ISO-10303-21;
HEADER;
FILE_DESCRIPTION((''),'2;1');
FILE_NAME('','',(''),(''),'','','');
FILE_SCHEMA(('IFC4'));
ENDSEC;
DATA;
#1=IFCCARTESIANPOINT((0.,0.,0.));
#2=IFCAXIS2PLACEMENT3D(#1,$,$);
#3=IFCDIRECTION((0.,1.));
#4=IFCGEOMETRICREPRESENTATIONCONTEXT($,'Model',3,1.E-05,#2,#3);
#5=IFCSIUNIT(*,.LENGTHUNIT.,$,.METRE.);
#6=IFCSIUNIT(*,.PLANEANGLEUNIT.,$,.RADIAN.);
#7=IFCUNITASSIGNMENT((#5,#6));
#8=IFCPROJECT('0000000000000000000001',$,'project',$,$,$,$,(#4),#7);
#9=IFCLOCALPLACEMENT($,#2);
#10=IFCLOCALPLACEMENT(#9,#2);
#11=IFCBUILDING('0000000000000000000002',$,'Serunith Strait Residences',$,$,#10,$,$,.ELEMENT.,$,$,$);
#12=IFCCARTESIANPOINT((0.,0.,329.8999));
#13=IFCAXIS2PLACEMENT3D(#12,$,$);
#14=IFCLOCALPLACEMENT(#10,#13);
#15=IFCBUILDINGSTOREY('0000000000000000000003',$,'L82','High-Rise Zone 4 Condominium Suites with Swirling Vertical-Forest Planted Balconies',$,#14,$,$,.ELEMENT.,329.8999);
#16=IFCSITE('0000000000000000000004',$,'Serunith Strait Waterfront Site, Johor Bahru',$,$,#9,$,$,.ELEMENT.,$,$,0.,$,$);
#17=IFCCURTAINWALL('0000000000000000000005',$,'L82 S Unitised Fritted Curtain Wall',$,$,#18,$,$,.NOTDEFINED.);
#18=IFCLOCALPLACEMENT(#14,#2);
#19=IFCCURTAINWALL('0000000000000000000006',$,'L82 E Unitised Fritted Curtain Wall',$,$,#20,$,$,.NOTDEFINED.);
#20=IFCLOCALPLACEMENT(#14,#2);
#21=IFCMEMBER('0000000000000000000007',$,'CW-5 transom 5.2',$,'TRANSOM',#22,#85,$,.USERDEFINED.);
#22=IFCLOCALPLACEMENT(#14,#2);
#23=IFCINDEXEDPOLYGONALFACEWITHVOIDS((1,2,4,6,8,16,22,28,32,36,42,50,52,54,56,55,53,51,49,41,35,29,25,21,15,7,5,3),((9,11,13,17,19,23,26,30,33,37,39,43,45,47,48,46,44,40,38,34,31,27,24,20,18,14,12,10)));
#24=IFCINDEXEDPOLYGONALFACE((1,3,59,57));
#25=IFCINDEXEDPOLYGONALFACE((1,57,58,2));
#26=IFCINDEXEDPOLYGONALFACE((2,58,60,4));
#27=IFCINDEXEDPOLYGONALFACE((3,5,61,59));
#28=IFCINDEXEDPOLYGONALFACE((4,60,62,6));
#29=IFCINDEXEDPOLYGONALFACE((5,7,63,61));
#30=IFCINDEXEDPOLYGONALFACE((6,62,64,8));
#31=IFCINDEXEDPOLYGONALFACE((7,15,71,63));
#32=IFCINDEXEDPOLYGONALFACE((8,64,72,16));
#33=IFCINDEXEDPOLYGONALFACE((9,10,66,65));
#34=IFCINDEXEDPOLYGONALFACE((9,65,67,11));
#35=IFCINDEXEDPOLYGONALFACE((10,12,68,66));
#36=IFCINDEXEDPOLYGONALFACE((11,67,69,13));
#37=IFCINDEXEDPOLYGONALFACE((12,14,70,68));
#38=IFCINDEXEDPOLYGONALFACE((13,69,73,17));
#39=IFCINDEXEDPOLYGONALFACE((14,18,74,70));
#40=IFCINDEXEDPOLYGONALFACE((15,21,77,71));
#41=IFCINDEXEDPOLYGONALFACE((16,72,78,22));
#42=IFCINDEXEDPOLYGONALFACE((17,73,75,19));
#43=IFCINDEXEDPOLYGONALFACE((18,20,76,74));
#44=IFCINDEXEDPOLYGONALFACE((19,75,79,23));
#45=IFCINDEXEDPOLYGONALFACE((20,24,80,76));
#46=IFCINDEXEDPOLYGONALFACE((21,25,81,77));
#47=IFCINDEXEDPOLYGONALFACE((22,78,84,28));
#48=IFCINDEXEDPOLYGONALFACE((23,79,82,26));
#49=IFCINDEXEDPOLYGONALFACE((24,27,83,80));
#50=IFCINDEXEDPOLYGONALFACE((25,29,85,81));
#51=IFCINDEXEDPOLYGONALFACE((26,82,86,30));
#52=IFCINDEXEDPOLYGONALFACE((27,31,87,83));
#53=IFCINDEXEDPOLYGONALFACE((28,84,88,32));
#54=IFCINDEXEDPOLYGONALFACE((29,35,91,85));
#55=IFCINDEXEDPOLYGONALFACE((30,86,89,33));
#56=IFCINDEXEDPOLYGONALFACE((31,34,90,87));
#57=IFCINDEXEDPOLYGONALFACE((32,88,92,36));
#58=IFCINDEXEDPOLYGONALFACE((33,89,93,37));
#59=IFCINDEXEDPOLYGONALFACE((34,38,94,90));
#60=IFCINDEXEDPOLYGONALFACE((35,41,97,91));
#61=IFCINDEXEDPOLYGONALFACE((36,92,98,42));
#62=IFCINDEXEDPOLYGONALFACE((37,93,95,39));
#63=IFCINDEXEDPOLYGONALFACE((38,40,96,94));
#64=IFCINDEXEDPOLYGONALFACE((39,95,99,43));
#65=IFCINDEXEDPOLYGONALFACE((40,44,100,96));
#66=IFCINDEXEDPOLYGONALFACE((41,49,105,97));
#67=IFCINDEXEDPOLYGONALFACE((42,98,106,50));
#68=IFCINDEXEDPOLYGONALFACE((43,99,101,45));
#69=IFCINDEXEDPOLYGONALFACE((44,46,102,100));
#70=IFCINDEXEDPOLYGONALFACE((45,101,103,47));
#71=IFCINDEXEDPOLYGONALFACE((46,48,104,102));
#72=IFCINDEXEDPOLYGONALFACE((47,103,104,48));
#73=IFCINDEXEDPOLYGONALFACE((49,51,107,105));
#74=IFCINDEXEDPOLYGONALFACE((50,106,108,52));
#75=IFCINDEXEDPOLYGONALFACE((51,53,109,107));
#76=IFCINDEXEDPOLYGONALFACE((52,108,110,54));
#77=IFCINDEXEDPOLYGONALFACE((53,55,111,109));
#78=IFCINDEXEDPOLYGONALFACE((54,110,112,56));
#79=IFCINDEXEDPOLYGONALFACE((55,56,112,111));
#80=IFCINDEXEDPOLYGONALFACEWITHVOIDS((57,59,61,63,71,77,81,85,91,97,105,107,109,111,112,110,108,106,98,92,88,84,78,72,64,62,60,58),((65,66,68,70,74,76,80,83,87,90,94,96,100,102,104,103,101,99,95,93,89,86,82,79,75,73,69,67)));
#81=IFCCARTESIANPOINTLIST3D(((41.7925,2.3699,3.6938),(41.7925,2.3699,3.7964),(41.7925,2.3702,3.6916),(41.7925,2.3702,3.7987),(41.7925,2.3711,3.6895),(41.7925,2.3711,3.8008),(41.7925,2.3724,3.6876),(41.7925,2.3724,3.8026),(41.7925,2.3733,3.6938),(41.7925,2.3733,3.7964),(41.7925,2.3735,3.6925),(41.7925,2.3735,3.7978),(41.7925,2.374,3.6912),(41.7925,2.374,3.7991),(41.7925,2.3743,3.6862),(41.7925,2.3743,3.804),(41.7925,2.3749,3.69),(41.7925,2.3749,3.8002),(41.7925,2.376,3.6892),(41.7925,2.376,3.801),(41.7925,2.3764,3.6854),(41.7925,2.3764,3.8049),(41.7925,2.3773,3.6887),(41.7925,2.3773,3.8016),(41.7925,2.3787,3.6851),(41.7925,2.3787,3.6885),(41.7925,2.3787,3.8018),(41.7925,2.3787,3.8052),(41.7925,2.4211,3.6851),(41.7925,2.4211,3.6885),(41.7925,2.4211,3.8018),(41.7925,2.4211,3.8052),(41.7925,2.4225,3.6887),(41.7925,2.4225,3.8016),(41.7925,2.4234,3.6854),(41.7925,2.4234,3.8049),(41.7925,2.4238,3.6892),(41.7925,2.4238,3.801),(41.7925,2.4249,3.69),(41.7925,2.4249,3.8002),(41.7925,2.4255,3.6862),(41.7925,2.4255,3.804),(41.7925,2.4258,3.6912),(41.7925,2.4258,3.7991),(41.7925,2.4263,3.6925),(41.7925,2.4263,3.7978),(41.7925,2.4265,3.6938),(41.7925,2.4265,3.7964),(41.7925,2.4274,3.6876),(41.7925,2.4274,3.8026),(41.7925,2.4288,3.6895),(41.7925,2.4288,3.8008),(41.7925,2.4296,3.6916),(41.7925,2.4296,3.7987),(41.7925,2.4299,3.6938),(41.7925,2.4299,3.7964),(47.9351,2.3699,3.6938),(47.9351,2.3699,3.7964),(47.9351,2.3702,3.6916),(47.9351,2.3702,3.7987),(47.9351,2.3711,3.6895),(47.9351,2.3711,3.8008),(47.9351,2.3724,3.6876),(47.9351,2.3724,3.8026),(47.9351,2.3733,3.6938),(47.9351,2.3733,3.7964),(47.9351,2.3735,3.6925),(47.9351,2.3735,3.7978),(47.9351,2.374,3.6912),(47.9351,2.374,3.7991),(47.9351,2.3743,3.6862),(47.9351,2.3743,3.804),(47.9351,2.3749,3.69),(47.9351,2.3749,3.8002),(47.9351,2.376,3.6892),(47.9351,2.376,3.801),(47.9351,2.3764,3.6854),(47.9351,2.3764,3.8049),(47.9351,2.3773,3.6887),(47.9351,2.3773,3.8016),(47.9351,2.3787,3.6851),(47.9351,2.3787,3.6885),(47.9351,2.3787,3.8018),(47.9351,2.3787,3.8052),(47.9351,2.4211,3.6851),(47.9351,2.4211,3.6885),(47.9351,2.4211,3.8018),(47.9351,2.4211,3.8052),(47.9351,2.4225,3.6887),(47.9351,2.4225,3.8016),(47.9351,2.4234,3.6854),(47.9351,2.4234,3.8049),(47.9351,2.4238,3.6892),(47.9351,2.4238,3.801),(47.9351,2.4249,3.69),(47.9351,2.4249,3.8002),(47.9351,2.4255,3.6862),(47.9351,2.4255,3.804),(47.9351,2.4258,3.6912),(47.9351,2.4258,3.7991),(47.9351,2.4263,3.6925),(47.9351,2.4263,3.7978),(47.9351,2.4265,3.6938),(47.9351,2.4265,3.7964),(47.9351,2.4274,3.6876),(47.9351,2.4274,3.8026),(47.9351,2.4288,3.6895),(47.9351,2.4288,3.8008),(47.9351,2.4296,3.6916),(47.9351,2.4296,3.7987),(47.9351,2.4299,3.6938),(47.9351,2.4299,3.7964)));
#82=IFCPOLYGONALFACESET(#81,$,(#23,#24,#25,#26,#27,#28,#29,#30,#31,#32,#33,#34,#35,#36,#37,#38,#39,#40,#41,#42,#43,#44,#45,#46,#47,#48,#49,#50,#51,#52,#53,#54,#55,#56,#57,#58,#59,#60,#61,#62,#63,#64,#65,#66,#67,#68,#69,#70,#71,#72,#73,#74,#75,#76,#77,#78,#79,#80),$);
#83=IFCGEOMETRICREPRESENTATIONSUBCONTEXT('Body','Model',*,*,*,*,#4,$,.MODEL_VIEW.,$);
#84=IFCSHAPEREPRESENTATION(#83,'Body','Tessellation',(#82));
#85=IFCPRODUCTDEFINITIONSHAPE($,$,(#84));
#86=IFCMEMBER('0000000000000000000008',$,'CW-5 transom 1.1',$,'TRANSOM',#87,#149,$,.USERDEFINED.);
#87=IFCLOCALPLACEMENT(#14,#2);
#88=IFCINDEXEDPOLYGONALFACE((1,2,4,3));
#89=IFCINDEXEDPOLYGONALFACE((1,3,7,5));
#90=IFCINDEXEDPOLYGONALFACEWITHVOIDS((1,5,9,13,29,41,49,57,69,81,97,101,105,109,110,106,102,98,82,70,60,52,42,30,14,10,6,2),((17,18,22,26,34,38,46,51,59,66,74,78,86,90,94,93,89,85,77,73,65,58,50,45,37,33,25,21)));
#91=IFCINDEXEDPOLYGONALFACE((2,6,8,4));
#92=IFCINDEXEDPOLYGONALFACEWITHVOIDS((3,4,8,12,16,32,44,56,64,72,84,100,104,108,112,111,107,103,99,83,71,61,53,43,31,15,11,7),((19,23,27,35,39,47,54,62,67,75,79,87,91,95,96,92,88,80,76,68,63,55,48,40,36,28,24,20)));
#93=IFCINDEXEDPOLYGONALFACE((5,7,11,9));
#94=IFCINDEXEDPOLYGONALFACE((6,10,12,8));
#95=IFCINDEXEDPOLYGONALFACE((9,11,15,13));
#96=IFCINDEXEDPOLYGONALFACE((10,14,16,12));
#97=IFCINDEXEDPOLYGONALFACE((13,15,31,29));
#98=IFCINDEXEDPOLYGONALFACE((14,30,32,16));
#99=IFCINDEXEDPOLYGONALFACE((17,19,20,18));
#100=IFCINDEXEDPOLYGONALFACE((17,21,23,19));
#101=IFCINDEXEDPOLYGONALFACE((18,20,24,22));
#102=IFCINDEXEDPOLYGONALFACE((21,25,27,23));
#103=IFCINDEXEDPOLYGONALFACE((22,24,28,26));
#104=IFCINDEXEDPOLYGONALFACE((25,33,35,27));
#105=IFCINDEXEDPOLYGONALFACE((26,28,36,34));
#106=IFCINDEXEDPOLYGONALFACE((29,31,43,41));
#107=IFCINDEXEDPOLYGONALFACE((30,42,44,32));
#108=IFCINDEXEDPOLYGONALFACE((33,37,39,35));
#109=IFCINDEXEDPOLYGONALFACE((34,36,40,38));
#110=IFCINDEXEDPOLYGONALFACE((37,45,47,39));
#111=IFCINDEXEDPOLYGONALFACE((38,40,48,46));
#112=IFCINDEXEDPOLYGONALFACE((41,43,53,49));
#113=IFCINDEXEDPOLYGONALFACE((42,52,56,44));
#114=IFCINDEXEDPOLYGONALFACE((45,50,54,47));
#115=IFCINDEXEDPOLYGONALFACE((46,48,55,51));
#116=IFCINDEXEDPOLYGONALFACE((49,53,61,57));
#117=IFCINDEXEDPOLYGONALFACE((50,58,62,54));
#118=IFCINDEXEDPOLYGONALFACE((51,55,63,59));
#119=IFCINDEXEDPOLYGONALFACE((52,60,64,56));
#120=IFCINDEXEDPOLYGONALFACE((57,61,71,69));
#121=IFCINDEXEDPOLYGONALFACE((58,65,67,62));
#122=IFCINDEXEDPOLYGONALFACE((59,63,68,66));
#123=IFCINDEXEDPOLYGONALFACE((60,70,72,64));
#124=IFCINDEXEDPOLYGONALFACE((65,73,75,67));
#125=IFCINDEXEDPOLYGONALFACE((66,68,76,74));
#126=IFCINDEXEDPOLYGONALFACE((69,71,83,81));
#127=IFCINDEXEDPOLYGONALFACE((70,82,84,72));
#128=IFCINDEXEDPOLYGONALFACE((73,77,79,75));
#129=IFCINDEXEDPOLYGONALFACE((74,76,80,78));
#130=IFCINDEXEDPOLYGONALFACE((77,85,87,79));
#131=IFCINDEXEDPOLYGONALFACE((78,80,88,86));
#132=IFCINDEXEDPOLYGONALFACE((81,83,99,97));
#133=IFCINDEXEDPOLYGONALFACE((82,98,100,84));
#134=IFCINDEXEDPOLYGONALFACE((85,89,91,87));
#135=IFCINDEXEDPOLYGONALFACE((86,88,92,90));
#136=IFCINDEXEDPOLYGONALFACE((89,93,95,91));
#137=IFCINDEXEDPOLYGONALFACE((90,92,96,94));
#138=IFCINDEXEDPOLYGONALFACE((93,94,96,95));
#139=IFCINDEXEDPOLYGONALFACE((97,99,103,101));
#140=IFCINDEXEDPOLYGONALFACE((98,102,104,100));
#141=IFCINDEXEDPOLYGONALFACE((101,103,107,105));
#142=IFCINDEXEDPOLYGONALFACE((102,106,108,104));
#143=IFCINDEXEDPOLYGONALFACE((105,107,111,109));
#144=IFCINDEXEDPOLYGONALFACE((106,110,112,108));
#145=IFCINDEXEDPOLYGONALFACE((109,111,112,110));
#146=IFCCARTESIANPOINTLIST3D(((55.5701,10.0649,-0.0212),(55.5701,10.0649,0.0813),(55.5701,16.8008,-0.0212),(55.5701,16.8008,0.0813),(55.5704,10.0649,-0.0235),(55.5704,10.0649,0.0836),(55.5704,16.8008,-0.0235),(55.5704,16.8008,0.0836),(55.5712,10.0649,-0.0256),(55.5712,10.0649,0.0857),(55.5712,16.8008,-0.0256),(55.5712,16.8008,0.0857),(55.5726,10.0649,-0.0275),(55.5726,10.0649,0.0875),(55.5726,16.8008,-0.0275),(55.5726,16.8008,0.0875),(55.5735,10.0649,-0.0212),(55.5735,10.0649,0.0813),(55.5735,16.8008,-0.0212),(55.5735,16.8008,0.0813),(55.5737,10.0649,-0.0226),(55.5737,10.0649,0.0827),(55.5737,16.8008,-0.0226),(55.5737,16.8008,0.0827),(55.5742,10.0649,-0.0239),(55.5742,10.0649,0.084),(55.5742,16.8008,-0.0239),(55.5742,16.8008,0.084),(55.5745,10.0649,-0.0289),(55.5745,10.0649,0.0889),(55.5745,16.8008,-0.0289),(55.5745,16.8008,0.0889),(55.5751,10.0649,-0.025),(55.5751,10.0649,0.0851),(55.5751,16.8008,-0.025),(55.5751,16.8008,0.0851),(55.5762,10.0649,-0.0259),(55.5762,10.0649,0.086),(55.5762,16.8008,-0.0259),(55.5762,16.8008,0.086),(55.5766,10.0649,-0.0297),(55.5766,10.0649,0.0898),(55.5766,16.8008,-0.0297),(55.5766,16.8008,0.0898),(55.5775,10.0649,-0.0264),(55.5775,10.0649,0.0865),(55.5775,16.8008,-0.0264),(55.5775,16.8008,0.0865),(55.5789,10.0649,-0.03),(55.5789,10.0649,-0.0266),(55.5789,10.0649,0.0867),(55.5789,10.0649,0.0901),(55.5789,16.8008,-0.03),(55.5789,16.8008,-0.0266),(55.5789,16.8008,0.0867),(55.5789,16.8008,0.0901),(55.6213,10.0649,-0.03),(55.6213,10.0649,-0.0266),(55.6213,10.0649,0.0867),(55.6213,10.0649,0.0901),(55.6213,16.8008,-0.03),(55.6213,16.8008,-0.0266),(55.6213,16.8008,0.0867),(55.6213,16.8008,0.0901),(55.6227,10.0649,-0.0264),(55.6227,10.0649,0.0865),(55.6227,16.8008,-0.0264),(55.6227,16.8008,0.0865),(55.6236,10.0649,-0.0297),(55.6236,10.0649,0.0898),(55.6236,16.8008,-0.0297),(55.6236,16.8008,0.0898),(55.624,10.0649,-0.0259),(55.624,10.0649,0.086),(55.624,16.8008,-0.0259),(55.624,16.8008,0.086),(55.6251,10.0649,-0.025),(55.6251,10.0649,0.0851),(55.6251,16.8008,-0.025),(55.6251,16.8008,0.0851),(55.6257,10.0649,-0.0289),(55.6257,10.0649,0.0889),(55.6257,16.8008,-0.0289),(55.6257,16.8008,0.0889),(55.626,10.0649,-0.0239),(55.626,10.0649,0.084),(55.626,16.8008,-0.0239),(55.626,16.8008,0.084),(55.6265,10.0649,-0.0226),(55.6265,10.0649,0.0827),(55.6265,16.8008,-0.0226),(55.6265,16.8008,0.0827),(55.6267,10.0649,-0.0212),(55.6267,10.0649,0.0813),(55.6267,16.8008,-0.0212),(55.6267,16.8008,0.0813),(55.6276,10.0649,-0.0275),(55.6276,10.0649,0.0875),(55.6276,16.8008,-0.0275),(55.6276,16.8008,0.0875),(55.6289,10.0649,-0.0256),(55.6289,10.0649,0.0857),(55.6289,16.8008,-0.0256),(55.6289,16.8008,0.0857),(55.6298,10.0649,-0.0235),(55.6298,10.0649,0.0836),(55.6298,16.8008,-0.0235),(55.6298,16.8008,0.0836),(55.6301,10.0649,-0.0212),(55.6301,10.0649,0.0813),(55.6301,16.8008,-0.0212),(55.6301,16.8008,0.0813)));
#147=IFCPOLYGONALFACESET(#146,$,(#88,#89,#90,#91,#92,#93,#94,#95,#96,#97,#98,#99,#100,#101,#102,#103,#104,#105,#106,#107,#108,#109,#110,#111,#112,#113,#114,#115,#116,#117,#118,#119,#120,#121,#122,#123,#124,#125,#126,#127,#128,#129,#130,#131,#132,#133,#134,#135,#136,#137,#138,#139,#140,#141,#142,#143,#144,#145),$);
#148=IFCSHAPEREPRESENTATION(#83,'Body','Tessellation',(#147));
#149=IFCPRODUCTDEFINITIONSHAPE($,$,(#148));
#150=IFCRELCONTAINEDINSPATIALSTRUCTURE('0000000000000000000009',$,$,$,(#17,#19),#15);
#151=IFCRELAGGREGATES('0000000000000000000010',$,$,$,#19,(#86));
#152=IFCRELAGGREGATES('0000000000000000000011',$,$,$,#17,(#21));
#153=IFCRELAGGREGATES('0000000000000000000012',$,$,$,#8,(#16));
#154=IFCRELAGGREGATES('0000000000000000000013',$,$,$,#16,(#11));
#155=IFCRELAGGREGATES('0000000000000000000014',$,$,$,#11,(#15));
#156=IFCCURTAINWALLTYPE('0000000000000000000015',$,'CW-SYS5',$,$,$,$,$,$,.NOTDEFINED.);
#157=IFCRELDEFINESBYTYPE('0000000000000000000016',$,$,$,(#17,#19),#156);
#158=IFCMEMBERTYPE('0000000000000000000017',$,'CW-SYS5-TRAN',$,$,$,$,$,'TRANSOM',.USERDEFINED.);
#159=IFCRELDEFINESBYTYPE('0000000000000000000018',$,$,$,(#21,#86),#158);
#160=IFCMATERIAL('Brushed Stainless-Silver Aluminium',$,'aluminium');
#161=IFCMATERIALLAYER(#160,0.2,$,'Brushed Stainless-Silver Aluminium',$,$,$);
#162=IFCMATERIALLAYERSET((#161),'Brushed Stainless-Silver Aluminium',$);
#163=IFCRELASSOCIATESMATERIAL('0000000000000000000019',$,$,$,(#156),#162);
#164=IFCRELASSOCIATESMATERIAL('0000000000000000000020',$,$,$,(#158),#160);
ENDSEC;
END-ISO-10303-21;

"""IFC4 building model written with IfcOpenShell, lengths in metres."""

from ifc_helpers import new_model, si_unit, direction, frame, origin, origin_2d, place, context, subcontext, project, spatial, hollow_rectangle, extrude, source, transform, mapped, material, layer, layer_set, material_profile, profile_set, type_object, element, aggregate, save


model = new_model("IFC4")

# Units and contexts
model_context = context("Model", 3, precision=1e-05, world=origin(), true_north=direction((0.0, 1.0)))
body_context = subcontext(model_context, "Body", "Model", "MODEL_VIEW")
ifc_project = project(units=[si_unit("LENGTHUNIT", "METRE"), si_unit("PLANEANGLEUNIT", "RADIAN")], contexts=[model_context])

# Site, building, storey
site_placement = place(None, origin())
site = spatial("IfcSite", under=ifc_project, at=site_placement, Name="Serunith Strait Waterfront Site, Johor Bahru", CompositionType="ELEMENT", RefElevation=0.0)
building_placement = place(site_placement, origin())
building = spatial("IfcBuilding", under=site, at=building_placement, Name="Serunith Strait Residences", CompositionType="ELEMENT")
storey_placement = place(building_placement, frame((0.0, 0.0, 329.8999)))
storey = spatial("IfcBuildingStorey", under=building, at=storey_placement, Name="L82", Description="High-Rise Zone 4 Condominium Suites with Swirling Vertical-Forest Planted Balconies", CompositionType="ELEMENT", Elevation=329.8999)

# Curtain walls
ifc_material_1 = material(Name="Brushed Stainless-Silver Aluminium", Category="aluminium")
ifc_layer_1 = layer(ifc_material_1, 0.2, Name="Brushed Stainless-Silver Aluminium")
ifc_layer_set_1 = layer_set([ifc_layer_1], Name="Brushed Stainless-Silver Aluminium")
curtain_wall_type = type_object("IfcCurtainWallType", Name="CW-SYS5", PredefinedType="NOTDEFINED", material=ifc_layer_set_1)
curtain_wall_1_placement = place(storey_placement, origin())
curtain_wall_1 = element("IfcCurtainWall", 1, at=curtain_wall_1_placement, inside=storey, type_object=curtain_wall_type, Name="L82 S Unitised Fritted Curtain Wall", PredefinedType="NOTDEFINED")
curtain_wall_2_placement = place(storey_placement, origin())
curtain_wall_2 = element("IfcCurtainWall", 2, at=curtain_wall_2_placement, inside=storey, type_object=curtain_wall_type, Name="L82 E Unitised Fritted Curtain Wall", PredefinedType="NOTDEFINED")

# Members
ifc_material_profile_1 = material_profile(ifc_material_1, hollow_rectangle(XDim=0.0601, YDim=0.1201, WallThickness=0.0034, InnerFilletRadius=0.0054, OuterFilletRadius=0.0088, at=origin_2d()), Name="ALU 120x60x3.5")
ifc_profile_set_1 = profile_set([ifc_material_profile_1], Name="Brushed Stainless-Silver Aluminium")
member_type_1 = type_object("IfcMemberType", Name="CW-SYS5-TRAN", ElementType="TRANSOM", PredefinedType="USERDEFINED", material=ifc_profile_set_1)
shared_shape_1 = source(origin(), body_context, "Body", "SweptSolid", [
    extrude(hollow_rectangle(XDim=0.0601, YDim=0.1201, WallThickness=0.0034, InnerFilletRadius=0.0054, OuterFilletRadius=0.0088, at=origin_2d()), origin(), (0.0, 0.0, 1.0), 6.1426),
])
member_1_placement = place(storey_placement, frame((41.7925, 2.3999, 3.7451), z_axis=(1.0, 0.0, 0.0), x_axis=(0.0, 1.0, 0.0)))
member_1 = element("IfcMember", 3, at=member_1_placement, type_object=member_type_1, Name="CW-5 transom 5.2", ObjectType="TRANSOM", PredefinedType="USERDEFINED", context=body_context, shape_type="MappedRepresentation", body=[
    mapped(shared_shape_1, transform((0.0, 0.0, 0.0), scale=1.0)),
])
shared_shape_2 = source(origin(), body_context, "Body", "SweptSolid", [
    extrude(hollow_rectangle(XDim=0.0601, YDim=0.1201, WallThickness=0.0034, InnerFilletRadius=0.0054, OuterFilletRadius=0.0088, at=origin_2d()), origin(), (0.0, 0.0, 1.0), 6.7358),
])
member_2_placement = place(storey_placement, frame((55.6001, 10.0649, 0.03), z_axis=(0.0, 1.0, 0.0), x_axis=(-1.0, 0.0, 0.0)))
member_2 = element("IfcMember", 4, at=member_2_placement, type_object=member_type_1, Name="CW-5 transom 1.1", ObjectType="TRANSOM", PredefinedType="USERDEFINED", context=body_context, shape_type="MappedRepresentation", body=[
    mapped(shared_shape_2, transform((0.0, 0.0, 0.0), scale=1.0)),
])
aggregate(curtain_wall_2, [member_2])

aggregate(curtain_wall_1, [member_1])

save(model, "model.ifc")
